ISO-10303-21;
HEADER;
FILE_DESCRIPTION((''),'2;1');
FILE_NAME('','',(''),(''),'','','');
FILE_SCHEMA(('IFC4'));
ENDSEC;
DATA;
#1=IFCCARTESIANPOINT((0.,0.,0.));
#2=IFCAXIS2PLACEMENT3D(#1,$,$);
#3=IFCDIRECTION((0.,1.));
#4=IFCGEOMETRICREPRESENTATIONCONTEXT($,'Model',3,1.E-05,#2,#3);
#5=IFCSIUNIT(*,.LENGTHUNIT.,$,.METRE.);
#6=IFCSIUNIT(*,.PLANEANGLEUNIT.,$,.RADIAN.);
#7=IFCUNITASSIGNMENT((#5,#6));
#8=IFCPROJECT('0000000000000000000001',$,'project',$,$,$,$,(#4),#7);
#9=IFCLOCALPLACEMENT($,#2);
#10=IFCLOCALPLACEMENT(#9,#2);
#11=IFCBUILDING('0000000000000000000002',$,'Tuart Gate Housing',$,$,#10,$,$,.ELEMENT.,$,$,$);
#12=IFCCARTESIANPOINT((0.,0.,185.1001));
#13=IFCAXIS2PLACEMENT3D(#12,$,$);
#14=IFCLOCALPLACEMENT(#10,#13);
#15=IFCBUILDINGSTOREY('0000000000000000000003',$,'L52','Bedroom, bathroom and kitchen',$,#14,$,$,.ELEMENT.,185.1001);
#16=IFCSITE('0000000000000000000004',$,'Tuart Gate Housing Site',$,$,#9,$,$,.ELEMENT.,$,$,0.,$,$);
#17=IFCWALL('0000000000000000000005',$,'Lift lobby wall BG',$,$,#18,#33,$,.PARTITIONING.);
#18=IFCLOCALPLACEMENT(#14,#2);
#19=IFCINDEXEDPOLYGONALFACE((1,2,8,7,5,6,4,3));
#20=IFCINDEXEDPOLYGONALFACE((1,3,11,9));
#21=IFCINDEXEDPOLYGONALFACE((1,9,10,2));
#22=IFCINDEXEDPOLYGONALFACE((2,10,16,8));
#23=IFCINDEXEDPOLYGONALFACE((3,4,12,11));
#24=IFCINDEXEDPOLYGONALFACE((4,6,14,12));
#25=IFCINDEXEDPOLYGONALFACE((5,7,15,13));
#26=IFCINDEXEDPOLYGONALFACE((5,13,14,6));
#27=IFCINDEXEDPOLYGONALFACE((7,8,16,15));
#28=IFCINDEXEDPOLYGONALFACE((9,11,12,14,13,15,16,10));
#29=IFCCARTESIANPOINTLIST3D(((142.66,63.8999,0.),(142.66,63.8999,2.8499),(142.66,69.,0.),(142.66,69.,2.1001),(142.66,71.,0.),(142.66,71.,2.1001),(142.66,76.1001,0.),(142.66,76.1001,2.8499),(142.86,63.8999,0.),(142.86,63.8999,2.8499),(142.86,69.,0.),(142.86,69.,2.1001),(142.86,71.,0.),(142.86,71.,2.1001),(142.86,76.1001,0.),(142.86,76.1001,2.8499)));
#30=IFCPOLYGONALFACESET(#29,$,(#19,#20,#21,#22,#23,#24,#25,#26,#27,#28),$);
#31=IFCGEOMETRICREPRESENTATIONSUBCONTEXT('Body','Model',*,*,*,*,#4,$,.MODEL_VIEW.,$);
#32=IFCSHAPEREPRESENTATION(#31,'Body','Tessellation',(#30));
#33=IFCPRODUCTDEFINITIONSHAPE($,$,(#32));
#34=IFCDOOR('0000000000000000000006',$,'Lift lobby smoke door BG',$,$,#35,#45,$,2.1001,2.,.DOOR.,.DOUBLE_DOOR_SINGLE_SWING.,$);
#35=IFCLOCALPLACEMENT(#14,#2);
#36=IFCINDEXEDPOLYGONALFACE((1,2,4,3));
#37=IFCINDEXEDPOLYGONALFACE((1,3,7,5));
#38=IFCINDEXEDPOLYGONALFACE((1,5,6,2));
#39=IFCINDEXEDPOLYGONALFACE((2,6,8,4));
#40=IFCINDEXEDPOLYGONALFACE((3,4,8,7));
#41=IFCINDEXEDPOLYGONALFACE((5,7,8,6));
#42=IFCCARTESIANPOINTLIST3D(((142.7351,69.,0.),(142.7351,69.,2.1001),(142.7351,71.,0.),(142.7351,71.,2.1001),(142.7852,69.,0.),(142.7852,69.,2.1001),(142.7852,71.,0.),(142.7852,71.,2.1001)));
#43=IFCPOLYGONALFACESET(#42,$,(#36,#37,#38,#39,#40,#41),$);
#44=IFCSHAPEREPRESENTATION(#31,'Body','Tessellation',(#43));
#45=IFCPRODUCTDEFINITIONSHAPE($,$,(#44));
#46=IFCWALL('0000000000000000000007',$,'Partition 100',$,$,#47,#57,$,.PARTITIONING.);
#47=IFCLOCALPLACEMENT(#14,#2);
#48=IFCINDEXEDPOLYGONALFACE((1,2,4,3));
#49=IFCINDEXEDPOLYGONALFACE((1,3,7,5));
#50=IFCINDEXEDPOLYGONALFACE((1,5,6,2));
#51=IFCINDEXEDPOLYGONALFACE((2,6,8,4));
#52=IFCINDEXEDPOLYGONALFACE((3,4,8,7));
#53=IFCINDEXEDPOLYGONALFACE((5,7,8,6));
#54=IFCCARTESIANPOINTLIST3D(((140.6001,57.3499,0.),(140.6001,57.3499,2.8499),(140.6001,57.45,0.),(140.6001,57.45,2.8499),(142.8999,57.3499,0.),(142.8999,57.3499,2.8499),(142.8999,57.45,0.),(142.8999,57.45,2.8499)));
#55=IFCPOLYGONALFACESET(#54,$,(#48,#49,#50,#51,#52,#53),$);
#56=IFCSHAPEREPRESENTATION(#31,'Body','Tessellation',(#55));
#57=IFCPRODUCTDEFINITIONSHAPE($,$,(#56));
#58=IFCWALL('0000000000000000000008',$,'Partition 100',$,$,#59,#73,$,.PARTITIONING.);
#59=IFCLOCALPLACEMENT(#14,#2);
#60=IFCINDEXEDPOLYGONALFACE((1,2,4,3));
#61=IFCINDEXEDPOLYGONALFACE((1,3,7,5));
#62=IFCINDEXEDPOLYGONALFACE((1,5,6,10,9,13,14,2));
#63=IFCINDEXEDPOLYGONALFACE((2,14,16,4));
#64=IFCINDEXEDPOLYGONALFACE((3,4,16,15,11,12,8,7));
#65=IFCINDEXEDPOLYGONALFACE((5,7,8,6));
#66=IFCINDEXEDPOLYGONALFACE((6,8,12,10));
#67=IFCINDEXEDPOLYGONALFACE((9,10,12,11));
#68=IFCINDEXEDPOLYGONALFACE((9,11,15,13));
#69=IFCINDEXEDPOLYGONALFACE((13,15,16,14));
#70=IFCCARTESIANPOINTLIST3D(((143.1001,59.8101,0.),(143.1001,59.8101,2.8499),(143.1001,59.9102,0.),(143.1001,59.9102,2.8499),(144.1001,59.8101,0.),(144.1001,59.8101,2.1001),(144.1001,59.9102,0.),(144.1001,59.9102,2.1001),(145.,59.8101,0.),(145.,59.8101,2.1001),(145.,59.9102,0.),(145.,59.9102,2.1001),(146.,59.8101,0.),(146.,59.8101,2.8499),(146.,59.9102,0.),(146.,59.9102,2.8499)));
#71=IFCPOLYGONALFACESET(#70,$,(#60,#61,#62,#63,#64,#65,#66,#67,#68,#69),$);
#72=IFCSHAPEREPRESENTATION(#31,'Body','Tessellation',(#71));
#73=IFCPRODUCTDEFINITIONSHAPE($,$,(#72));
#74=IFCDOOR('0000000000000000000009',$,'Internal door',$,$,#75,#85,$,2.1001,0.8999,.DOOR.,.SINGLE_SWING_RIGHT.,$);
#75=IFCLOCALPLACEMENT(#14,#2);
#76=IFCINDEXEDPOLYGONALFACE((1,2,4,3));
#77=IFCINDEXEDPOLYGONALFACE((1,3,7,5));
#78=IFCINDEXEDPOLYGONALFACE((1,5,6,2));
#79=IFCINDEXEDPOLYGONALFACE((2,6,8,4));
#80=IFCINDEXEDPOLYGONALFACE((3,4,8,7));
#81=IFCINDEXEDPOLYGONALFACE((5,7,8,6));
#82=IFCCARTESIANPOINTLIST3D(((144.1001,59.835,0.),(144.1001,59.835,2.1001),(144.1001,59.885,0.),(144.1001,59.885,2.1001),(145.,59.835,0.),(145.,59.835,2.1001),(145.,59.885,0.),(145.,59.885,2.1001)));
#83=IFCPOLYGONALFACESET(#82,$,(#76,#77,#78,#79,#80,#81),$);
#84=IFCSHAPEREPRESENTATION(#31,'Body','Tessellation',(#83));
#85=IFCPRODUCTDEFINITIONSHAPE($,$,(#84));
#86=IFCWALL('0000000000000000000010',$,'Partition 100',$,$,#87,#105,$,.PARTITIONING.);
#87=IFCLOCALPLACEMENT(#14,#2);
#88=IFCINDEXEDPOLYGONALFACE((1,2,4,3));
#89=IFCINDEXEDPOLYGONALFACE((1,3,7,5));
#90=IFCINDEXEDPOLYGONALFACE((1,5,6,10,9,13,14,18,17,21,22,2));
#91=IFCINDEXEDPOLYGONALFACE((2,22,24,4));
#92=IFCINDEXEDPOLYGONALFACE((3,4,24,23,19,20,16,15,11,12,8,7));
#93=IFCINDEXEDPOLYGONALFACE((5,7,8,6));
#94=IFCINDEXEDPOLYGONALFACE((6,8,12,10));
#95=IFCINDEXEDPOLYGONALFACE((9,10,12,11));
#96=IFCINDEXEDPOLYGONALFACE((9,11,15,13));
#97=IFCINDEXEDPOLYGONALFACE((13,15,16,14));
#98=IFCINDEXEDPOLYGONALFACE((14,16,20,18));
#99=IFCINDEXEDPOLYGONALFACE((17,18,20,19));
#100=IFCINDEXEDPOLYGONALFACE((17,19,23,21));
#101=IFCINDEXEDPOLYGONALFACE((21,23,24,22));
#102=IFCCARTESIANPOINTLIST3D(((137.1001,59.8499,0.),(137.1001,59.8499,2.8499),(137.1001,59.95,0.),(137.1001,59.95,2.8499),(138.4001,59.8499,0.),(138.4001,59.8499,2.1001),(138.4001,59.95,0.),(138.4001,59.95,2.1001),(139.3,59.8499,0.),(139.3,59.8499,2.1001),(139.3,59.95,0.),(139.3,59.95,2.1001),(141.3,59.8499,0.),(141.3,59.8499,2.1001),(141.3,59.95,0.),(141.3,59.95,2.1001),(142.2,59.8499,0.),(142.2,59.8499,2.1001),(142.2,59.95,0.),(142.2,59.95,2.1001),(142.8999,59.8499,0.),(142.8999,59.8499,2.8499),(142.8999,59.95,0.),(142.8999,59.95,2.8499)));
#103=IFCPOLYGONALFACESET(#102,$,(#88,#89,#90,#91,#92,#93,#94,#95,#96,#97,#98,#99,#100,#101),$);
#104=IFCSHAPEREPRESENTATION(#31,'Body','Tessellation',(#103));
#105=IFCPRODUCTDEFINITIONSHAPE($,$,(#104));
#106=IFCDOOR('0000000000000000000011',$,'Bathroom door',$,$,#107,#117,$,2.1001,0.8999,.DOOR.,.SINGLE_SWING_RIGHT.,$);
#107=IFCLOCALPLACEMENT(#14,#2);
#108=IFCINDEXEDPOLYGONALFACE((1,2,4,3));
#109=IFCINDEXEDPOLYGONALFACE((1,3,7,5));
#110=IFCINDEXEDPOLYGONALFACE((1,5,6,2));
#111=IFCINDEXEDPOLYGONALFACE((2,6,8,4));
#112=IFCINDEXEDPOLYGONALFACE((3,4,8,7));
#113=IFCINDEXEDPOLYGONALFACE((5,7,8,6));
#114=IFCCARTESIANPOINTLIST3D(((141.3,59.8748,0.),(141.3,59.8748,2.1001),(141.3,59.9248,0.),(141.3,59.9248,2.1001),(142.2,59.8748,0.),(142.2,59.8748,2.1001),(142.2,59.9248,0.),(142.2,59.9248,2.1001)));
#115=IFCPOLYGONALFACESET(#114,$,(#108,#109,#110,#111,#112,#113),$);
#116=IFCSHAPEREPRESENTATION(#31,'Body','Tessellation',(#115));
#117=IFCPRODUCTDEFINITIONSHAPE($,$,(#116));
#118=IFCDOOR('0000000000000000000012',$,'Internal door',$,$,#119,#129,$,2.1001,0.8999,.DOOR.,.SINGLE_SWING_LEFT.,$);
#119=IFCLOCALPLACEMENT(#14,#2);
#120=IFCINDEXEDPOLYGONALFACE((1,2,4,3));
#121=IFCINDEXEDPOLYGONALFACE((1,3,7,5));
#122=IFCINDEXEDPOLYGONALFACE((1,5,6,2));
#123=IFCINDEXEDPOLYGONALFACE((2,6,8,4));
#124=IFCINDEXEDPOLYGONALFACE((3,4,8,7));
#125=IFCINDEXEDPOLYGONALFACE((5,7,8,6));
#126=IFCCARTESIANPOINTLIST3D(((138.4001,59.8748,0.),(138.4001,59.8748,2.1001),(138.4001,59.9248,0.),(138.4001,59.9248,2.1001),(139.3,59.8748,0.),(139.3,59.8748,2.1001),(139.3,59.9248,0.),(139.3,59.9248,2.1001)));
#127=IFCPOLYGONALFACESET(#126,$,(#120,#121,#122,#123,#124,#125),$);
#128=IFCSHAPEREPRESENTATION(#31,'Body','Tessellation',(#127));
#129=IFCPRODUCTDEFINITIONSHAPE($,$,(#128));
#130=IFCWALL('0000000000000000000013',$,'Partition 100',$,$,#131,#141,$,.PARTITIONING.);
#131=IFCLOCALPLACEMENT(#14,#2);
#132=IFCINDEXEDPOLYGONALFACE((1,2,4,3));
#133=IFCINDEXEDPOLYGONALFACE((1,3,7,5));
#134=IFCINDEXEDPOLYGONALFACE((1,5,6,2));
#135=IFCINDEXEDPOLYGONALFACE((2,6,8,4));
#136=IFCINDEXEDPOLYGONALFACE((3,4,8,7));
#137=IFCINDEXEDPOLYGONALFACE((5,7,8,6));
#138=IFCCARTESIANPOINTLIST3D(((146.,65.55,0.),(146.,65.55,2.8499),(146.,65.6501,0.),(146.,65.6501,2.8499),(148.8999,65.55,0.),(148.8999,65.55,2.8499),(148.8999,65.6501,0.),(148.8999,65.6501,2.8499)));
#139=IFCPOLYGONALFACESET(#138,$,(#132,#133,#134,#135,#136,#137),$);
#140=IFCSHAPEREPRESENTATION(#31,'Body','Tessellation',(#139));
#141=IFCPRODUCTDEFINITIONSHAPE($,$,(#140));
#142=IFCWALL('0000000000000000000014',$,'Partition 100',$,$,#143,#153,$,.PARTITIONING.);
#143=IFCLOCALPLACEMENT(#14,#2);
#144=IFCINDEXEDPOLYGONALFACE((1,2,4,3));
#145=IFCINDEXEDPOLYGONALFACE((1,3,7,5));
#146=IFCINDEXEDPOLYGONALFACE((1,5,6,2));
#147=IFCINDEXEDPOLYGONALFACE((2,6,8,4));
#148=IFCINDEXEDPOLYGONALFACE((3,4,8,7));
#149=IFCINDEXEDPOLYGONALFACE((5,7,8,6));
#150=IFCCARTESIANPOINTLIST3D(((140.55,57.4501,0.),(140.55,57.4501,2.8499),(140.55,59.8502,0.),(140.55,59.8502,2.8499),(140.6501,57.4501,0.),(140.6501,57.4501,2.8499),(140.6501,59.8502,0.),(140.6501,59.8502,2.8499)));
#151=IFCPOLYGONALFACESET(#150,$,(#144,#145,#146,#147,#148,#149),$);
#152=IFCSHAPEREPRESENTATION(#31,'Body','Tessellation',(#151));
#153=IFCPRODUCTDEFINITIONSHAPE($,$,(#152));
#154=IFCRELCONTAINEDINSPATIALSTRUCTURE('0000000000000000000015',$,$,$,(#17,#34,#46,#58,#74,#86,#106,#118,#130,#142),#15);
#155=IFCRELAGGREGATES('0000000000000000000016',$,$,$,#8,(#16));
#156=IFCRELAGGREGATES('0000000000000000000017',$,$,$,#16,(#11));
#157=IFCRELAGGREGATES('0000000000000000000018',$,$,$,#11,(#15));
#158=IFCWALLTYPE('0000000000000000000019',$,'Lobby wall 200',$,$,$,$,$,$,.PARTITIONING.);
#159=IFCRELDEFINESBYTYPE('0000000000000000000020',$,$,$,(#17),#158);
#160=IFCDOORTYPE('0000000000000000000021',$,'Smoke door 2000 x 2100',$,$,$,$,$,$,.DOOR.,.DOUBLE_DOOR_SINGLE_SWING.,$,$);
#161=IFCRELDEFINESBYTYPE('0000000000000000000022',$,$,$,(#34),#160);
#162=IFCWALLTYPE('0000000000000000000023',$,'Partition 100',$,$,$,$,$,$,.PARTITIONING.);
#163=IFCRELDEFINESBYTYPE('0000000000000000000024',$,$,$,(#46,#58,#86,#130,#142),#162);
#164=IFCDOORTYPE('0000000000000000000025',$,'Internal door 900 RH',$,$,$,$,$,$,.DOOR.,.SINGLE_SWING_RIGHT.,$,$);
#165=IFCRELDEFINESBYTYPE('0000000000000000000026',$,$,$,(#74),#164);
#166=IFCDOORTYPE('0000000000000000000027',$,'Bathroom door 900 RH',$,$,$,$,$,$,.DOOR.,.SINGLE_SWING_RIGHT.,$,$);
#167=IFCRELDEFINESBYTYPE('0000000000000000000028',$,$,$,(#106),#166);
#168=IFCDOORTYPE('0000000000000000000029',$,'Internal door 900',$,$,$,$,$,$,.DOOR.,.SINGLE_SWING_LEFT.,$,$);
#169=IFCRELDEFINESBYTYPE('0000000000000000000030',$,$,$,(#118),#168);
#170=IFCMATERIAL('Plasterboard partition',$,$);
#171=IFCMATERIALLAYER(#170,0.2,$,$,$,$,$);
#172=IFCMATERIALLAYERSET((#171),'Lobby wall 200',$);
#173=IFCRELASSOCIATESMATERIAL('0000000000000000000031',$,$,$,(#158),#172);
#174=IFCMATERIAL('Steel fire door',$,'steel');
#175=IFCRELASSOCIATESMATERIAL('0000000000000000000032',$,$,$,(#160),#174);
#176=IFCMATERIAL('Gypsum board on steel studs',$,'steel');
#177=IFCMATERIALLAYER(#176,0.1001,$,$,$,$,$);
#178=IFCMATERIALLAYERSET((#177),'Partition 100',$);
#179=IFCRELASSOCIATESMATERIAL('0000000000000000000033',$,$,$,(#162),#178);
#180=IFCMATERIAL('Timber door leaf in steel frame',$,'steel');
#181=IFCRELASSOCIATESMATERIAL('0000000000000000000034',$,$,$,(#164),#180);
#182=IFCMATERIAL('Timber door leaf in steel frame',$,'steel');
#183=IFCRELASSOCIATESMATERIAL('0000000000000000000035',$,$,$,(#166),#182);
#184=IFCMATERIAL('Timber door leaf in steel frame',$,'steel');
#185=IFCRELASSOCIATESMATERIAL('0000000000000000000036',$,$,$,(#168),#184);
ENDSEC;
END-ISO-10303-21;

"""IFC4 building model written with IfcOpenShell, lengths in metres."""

from ifc_helpers import new_model, si_unit, direction, frame, frame_2d, origin, place, context, subcontext, project, spatial, rectangle, extrude, material, layer, layer_set, type_object, element, fill, save


model = new_model("IFC4")

# Units and contexts
model_context = context("Model", 3, precision=1e-05, world=origin(), true_north=direction((0.0, 1.0)))
body_context = subcontext(model_context, "Body", "Model", "MODEL_VIEW")
ifc_project = project(units=[si_unit("LENGTHUNIT", "METRE"), si_unit("PLANEANGLEUNIT", "RADIAN")], contexts=[model_context])

# Site, building, storey
site_placement = place(None, origin())
site = spatial("IfcSite", under=ifc_project, at=site_placement, Name="Tuart Gate Housing Site", CompositionType="ELEMENT", RefElevation=0.0)
building_placement = place(site_placement, origin())
building = spatial("IfcBuilding", under=site, at=building_placement, Name="Tuart Gate Housing", CompositionType="ELEMENT")
storey_placement = place(building_placement, frame((0.0, 0.0, 185.1001)))
storey = spatial("IfcBuildingStorey", under=building, at=storey_placement, Name="L52", Description="Bedroom, bathroom and kitchen", CompositionType="ELEMENT", Elevation=185.1001)

# Wall, opening, door
ifc_material_1 = material(Name="Plasterboard partition")
ifc_layer_1 = layer(ifc_material_1, 0.2)
ifc_layer_set_1 = layer_set([ifc_layer_1], Name="Lobby wall 200")
wall_type_1 = type_object("IfcWallType", Name="Lobby wall 200", PredefinedType="PARTITIONING", material=ifc_layer_set_1)
wall_1_placement = place(storey_placement, frame((142.76, 63.8999, 0.0), z_axis=(0.0, 0.0, 1.0), x_axis=(0.0, 1.0, 0.0)))
wall_1 = element("IfcWall", 1, at=wall_1_placement, inside=storey, type_object=wall_type_1, Name="Lift lobby wall BG", PredefinedType="PARTITIONING", context=body_context, shape_type="SweptSolid", body=[
    extrude(rectangle(XDim=12.2002, YDim=0.2, at=frame_2d((6.1001, 0.0))), origin(), (0.0, 0.0, 1.0), 2.8499),
])
opening_1_placement = place(wall_1_placement, frame((5.1001, 0.0, 0.0)))
opening_1 = element("IfcOpeningElement", 2, at=opening_1_placement, cuts=wall_1, PredefinedType="OPENING", context=body_context, shape_type="SweptSolid", body=[
    extrude(rectangle(XDim=2.0, YDim=2.1001, at=frame_2d((1.0, 1.05))), frame((0.0, 0.1099, 0.0), z_axis=(0.0, -1.0, 0.0), x_axis=(1.0, 0.0, 0.0)), (0.0, 0.0, 1.0), 0.22),
])
ifc_material_2 = material(Name="Steel fire door", Category="steel")
door_type_1 = type_object("IfcDoorType", Name="Smoke door 2000 x 2100", OperationType="DOUBLE_DOOR_SINGLE_SWING", PredefinedType="DOOR", material=ifc_material_2)
door_1_placement = place(opening_1_placement, origin())
door_1 = element("IfcDoor", 3, at=door_1_placement, inside=storey, type_object=door_type_1, Name="Lift lobby smoke door BG", OperationType="DOUBLE_DOOR_SINGLE_SWING", OverallHeight=2.1001, OverallWidth=2.0, PredefinedType="DOOR", context=body_context, shape_type="SweptSolid", body=[
    extrude(rectangle(XDim=2.0, YDim=2.1001, at=frame_2d((1.0, 1.05))), frame((0.0, 0.0249, 0.0), z_axis=(0.0, -1.0, 0.0), x_axis=(1.0, 0.0, 0.0)), (0.0, 0.0, 1.0), 0.05),
])
fill(opening_1, door_1)

# Wall
ifc_material_3 = material(Name="Gypsum board on steel studs", Category="steel")
ifc_layer_2 = layer(ifc_material_3, 0.1001)
ifc_layer_set_2 = layer_set([ifc_layer_2], Name="Partition 100")
wall_type_2 = type_object("IfcWallType", Name="Partition 100", PredefinedType="PARTITIONING", material=ifc_layer_set_2)
wall_2_placement = place(storey_placement, frame((140.6001, 57.3999, 0.0), z_axis=(0.0, 0.0, 1.0), x_axis=(1.0, 0.0, 0.0)))
element("IfcWall", 4, at=wall_2_placement, inside=storey, type_object=wall_type_2, Name="Partition 100", PredefinedType="PARTITIONING", context=body_context, shape_type="SweptSolid", body=[
    extrude(rectangle(XDim=2.2998, YDim=0.1001, at=frame_2d((1.1499, 0.0))), origin(), (0.0, 0.0, 1.0), 2.8499),
])

# Wall, opening, door
wall_3_placement = place(storey_placement, frame((143.1001, 59.8601, 0.0), z_axis=(0.0, 0.0, 1.0), x_axis=(1.0, 0.0, 0.0)))
wall_3 = element("IfcWall", 5, at=wall_3_placement, inside=storey, type_object=wall_type_2, Name="Partition 100", PredefinedType="PARTITIONING", context=body_context, shape_type="SweptSolid", body=[
    extrude(rectangle(XDim=2.8999, YDim=0.1001, at=frame_2d((1.45, 0.0))), origin(), (0.0, 0.0, 1.0), 2.8499),
])
opening_2_placement = place(wall_3_placement, frame((1.0, 0.0, 0.0)))
opening_2 = element("IfcOpeningElement", 6, at=opening_2_placement, cuts=wall_3, PredefinedType="OPENING", context=body_context, shape_type="SweptSolid", body=[
    extrude(rectangle(XDim=0.8999, YDim=2.1001, at=frame_2d((0.45, 1.05))), frame((0.0, 0.0601, 0.0), z_axis=(0.0, -1.0, 0.0), x_axis=(1.0, 0.0, 0.0)), (0.0, 0.0, 1.0), 0.1201),
])
ifc_material_4 = material(Name="Timber door leaf in steel frame", Category="steel")
door_type_2 = type_object("IfcDoorType", Name="Internal door 900 RH", OperationType="SINGLE_SWING_RIGHT", PredefinedType="DOOR", material=ifc_material_4)
door_2_placement = place(opening_2_placement, origin())
door_2 = element("IfcDoor", 7, at=door_2_placement, inside=storey, type_object=door_type_2, Name="Internal door", OperationType="SINGLE_SWING_RIGHT", OverallHeight=2.1001, OverallWidth=0.8999, PredefinedType="DOOR", context=body_context, shape_type="SweptSolid", body=[
    extrude(rectangle(XDim=0.8999, YDim=2.1001, at=frame_2d((0.45, 1.05))), frame((0.0, 0.0249, 0.0), z_axis=(0.0, -1.0, 0.0), x_axis=(1.0, 0.0, 0.0)), (0.0, 0.0, 1.0), 0.05),
])
fill(opening_2, door_2)

# Wall, openings, doors
wall_4_placement = place(storey_placement, frame((137.1001, 59.8999, 0.0), z_axis=(0.0, 0.0, 1.0), x_axis=(1.0, 0.0, 0.0)))
wall_4 = element("IfcWall", 8, at=wall_4_placement, inside=storey, type_object=wall_type_2, Name="Partition 100", PredefinedType="PARTITIONING", context=body_context, shape_type="SweptSolid", body=[
    extrude(rectangle(XDim=5.7998, YDim=0.1001, at=frame_2d((2.8999, 0.0))), origin(), (0.0, 0.0, 1.0), 2.8499),
])
opening_3_placement = place(wall_4_placement, frame((1.3, 0.0, 0.0)))
opening_3 = element("IfcOpeningElement", 9, at=opening_3_placement, cuts=wall_4, PredefinedType="OPENING", context=body_context, shape_type="SweptSolid", body=[
    extrude(rectangle(XDim=0.8999, YDim=2.1001, at=frame_2d((0.45, 1.05))), frame((0.0, 0.0601, 0.0), z_axis=(0.0, -1.0, 0.0), x_axis=(1.0, 0.0, 0.0)), (0.0, 0.0, 1.0), 0.1201),
])
opening_4_placement = place(wall_4_placement, frame((4.2, 0.0, 0.0)))
opening_4 = element("IfcOpeningElement", 10, at=opening_4_placement, cuts=wall_4, PredefinedType="OPENING", context=body_context, shape_type="SweptSolid", body=[
    extrude(rectangle(XDim=0.8999, YDim=2.1001, at=frame_2d((0.45, 1.05))), frame((0.0, 0.0601, 0.0), z_axis=(0.0, -1.0, 0.0), x_axis=(1.0, 0.0, 0.0)), (0.0, 0.0, 1.0), 0.1201),
])
ifc_material_5 = material(Name="Timber door leaf in steel frame", Category="steel")
door_type_3 = type_object("IfcDoorType", Name="Bathroom door 900 RH", OperationType="SINGLE_SWING_RIGHT", PredefinedType="DOOR", material=ifc_material_5)
door_3_placement = place(opening_4_placement, frame((0.8999, 0.0, 0.0), z_axis=(0.0, 0.0, 1.0), x_axis=(-1.0, 0.0, 0.0)))
door_3 = element("IfcDoor", 11, at=door_3_placement, inside=storey, type_object=door_type_3, Name="Bathroom door", OperationType="SINGLE_SWING_RIGHT", OverallHeight=2.1001, OverallWidth=0.8999, PredefinedType="DOOR", context=body_context, shape_type="SweptSolid", body=[
    extrude(rectangle(XDim=0.8999, YDim=2.1001, at=frame_2d((0.45, 1.05))), frame((0.0, 0.0251, 0.0), z_axis=(0.0, -1.0, 0.0), x_axis=(1.0, 0.0, 0.0)), (0.0, 0.0, 1.0), 0.05),
])
fill(opening_4, door_3)
ifc_material_6 = material(Name="Timber door leaf in steel frame", Category="steel")
door_type_4 = type_object("IfcDoorType", Name="Internal door 900", OperationType="SINGLE_SWING_LEFT", PredefinedType="DOOR", material=ifc_material_6)
door_4_placement = place(opening_3_placement, frame((0.8999, 0.0, 0.0), z_axis=(0.0, 0.0, 1.0), x_axis=(-1.0, 0.0, 0.0)))
door_4 = element("IfcDoor", 12, at=door_4_placement, inside=storey, type_object=door_type_4, Name="Internal door", OperationType="SINGLE_SWING_LEFT", OverallHeight=2.1001, OverallWidth=0.8999, PredefinedType="DOOR", context=body_context, shape_type="SweptSolid", body=[
    extrude(rectangle(XDim=0.8999, YDim=2.1001, at=frame_2d((0.45, 1.05))), frame((0.0, 0.0251, 0.0), z_axis=(0.0, -1.0, 0.0), x_axis=(1.0, 0.0, 0.0)), (0.0, 0.0, 1.0), 0.05),
])
fill(opening_3, door_4)

# Walls
wall_5_placement = place(storey_placement, frame((146.0, 65.6001, 0.0), z_axis=(0.0, 0.0, 1.0), x_axis=(1.0, 0.0, 0.0)))
element("IfcWall", 13, at=wall_5_placement, inside=storey, type_object=wall_type_2, Name="Partition 100", PredefinedType="PARTITIONING", context=body_context, shape_type="SweptSolid", body=[
    extrude(rectangle(XDim=2.8999, YDim=0.1001, at=frame_2d((1.45, 0.0))), origin(), (0.0, 0.0, 1.0), 2.8499),
])
wall_6_placement = place(storey_placement, frame((140.6001, 57.45, 0.0), z_axis=(0.0, 0.0, 1.0), x_axis=(0.0, 1.0, 0.0)))
element("IfcWall", 14, at=wall_6_placement, inside=storey, type_object=wall_type_2, Name="Partition 100", PredefinedType="PARTITIONING", context=body_context, shape_type="SweptSolid", body=[
    extrude(rectangle(XDim=2.4001, YDim=0.1001, at=frame_2d((1.2002, 0.0))), origin(), (0.0, 0.0, 1.0), 2.8499),
])

save(model, "model.ifc")
